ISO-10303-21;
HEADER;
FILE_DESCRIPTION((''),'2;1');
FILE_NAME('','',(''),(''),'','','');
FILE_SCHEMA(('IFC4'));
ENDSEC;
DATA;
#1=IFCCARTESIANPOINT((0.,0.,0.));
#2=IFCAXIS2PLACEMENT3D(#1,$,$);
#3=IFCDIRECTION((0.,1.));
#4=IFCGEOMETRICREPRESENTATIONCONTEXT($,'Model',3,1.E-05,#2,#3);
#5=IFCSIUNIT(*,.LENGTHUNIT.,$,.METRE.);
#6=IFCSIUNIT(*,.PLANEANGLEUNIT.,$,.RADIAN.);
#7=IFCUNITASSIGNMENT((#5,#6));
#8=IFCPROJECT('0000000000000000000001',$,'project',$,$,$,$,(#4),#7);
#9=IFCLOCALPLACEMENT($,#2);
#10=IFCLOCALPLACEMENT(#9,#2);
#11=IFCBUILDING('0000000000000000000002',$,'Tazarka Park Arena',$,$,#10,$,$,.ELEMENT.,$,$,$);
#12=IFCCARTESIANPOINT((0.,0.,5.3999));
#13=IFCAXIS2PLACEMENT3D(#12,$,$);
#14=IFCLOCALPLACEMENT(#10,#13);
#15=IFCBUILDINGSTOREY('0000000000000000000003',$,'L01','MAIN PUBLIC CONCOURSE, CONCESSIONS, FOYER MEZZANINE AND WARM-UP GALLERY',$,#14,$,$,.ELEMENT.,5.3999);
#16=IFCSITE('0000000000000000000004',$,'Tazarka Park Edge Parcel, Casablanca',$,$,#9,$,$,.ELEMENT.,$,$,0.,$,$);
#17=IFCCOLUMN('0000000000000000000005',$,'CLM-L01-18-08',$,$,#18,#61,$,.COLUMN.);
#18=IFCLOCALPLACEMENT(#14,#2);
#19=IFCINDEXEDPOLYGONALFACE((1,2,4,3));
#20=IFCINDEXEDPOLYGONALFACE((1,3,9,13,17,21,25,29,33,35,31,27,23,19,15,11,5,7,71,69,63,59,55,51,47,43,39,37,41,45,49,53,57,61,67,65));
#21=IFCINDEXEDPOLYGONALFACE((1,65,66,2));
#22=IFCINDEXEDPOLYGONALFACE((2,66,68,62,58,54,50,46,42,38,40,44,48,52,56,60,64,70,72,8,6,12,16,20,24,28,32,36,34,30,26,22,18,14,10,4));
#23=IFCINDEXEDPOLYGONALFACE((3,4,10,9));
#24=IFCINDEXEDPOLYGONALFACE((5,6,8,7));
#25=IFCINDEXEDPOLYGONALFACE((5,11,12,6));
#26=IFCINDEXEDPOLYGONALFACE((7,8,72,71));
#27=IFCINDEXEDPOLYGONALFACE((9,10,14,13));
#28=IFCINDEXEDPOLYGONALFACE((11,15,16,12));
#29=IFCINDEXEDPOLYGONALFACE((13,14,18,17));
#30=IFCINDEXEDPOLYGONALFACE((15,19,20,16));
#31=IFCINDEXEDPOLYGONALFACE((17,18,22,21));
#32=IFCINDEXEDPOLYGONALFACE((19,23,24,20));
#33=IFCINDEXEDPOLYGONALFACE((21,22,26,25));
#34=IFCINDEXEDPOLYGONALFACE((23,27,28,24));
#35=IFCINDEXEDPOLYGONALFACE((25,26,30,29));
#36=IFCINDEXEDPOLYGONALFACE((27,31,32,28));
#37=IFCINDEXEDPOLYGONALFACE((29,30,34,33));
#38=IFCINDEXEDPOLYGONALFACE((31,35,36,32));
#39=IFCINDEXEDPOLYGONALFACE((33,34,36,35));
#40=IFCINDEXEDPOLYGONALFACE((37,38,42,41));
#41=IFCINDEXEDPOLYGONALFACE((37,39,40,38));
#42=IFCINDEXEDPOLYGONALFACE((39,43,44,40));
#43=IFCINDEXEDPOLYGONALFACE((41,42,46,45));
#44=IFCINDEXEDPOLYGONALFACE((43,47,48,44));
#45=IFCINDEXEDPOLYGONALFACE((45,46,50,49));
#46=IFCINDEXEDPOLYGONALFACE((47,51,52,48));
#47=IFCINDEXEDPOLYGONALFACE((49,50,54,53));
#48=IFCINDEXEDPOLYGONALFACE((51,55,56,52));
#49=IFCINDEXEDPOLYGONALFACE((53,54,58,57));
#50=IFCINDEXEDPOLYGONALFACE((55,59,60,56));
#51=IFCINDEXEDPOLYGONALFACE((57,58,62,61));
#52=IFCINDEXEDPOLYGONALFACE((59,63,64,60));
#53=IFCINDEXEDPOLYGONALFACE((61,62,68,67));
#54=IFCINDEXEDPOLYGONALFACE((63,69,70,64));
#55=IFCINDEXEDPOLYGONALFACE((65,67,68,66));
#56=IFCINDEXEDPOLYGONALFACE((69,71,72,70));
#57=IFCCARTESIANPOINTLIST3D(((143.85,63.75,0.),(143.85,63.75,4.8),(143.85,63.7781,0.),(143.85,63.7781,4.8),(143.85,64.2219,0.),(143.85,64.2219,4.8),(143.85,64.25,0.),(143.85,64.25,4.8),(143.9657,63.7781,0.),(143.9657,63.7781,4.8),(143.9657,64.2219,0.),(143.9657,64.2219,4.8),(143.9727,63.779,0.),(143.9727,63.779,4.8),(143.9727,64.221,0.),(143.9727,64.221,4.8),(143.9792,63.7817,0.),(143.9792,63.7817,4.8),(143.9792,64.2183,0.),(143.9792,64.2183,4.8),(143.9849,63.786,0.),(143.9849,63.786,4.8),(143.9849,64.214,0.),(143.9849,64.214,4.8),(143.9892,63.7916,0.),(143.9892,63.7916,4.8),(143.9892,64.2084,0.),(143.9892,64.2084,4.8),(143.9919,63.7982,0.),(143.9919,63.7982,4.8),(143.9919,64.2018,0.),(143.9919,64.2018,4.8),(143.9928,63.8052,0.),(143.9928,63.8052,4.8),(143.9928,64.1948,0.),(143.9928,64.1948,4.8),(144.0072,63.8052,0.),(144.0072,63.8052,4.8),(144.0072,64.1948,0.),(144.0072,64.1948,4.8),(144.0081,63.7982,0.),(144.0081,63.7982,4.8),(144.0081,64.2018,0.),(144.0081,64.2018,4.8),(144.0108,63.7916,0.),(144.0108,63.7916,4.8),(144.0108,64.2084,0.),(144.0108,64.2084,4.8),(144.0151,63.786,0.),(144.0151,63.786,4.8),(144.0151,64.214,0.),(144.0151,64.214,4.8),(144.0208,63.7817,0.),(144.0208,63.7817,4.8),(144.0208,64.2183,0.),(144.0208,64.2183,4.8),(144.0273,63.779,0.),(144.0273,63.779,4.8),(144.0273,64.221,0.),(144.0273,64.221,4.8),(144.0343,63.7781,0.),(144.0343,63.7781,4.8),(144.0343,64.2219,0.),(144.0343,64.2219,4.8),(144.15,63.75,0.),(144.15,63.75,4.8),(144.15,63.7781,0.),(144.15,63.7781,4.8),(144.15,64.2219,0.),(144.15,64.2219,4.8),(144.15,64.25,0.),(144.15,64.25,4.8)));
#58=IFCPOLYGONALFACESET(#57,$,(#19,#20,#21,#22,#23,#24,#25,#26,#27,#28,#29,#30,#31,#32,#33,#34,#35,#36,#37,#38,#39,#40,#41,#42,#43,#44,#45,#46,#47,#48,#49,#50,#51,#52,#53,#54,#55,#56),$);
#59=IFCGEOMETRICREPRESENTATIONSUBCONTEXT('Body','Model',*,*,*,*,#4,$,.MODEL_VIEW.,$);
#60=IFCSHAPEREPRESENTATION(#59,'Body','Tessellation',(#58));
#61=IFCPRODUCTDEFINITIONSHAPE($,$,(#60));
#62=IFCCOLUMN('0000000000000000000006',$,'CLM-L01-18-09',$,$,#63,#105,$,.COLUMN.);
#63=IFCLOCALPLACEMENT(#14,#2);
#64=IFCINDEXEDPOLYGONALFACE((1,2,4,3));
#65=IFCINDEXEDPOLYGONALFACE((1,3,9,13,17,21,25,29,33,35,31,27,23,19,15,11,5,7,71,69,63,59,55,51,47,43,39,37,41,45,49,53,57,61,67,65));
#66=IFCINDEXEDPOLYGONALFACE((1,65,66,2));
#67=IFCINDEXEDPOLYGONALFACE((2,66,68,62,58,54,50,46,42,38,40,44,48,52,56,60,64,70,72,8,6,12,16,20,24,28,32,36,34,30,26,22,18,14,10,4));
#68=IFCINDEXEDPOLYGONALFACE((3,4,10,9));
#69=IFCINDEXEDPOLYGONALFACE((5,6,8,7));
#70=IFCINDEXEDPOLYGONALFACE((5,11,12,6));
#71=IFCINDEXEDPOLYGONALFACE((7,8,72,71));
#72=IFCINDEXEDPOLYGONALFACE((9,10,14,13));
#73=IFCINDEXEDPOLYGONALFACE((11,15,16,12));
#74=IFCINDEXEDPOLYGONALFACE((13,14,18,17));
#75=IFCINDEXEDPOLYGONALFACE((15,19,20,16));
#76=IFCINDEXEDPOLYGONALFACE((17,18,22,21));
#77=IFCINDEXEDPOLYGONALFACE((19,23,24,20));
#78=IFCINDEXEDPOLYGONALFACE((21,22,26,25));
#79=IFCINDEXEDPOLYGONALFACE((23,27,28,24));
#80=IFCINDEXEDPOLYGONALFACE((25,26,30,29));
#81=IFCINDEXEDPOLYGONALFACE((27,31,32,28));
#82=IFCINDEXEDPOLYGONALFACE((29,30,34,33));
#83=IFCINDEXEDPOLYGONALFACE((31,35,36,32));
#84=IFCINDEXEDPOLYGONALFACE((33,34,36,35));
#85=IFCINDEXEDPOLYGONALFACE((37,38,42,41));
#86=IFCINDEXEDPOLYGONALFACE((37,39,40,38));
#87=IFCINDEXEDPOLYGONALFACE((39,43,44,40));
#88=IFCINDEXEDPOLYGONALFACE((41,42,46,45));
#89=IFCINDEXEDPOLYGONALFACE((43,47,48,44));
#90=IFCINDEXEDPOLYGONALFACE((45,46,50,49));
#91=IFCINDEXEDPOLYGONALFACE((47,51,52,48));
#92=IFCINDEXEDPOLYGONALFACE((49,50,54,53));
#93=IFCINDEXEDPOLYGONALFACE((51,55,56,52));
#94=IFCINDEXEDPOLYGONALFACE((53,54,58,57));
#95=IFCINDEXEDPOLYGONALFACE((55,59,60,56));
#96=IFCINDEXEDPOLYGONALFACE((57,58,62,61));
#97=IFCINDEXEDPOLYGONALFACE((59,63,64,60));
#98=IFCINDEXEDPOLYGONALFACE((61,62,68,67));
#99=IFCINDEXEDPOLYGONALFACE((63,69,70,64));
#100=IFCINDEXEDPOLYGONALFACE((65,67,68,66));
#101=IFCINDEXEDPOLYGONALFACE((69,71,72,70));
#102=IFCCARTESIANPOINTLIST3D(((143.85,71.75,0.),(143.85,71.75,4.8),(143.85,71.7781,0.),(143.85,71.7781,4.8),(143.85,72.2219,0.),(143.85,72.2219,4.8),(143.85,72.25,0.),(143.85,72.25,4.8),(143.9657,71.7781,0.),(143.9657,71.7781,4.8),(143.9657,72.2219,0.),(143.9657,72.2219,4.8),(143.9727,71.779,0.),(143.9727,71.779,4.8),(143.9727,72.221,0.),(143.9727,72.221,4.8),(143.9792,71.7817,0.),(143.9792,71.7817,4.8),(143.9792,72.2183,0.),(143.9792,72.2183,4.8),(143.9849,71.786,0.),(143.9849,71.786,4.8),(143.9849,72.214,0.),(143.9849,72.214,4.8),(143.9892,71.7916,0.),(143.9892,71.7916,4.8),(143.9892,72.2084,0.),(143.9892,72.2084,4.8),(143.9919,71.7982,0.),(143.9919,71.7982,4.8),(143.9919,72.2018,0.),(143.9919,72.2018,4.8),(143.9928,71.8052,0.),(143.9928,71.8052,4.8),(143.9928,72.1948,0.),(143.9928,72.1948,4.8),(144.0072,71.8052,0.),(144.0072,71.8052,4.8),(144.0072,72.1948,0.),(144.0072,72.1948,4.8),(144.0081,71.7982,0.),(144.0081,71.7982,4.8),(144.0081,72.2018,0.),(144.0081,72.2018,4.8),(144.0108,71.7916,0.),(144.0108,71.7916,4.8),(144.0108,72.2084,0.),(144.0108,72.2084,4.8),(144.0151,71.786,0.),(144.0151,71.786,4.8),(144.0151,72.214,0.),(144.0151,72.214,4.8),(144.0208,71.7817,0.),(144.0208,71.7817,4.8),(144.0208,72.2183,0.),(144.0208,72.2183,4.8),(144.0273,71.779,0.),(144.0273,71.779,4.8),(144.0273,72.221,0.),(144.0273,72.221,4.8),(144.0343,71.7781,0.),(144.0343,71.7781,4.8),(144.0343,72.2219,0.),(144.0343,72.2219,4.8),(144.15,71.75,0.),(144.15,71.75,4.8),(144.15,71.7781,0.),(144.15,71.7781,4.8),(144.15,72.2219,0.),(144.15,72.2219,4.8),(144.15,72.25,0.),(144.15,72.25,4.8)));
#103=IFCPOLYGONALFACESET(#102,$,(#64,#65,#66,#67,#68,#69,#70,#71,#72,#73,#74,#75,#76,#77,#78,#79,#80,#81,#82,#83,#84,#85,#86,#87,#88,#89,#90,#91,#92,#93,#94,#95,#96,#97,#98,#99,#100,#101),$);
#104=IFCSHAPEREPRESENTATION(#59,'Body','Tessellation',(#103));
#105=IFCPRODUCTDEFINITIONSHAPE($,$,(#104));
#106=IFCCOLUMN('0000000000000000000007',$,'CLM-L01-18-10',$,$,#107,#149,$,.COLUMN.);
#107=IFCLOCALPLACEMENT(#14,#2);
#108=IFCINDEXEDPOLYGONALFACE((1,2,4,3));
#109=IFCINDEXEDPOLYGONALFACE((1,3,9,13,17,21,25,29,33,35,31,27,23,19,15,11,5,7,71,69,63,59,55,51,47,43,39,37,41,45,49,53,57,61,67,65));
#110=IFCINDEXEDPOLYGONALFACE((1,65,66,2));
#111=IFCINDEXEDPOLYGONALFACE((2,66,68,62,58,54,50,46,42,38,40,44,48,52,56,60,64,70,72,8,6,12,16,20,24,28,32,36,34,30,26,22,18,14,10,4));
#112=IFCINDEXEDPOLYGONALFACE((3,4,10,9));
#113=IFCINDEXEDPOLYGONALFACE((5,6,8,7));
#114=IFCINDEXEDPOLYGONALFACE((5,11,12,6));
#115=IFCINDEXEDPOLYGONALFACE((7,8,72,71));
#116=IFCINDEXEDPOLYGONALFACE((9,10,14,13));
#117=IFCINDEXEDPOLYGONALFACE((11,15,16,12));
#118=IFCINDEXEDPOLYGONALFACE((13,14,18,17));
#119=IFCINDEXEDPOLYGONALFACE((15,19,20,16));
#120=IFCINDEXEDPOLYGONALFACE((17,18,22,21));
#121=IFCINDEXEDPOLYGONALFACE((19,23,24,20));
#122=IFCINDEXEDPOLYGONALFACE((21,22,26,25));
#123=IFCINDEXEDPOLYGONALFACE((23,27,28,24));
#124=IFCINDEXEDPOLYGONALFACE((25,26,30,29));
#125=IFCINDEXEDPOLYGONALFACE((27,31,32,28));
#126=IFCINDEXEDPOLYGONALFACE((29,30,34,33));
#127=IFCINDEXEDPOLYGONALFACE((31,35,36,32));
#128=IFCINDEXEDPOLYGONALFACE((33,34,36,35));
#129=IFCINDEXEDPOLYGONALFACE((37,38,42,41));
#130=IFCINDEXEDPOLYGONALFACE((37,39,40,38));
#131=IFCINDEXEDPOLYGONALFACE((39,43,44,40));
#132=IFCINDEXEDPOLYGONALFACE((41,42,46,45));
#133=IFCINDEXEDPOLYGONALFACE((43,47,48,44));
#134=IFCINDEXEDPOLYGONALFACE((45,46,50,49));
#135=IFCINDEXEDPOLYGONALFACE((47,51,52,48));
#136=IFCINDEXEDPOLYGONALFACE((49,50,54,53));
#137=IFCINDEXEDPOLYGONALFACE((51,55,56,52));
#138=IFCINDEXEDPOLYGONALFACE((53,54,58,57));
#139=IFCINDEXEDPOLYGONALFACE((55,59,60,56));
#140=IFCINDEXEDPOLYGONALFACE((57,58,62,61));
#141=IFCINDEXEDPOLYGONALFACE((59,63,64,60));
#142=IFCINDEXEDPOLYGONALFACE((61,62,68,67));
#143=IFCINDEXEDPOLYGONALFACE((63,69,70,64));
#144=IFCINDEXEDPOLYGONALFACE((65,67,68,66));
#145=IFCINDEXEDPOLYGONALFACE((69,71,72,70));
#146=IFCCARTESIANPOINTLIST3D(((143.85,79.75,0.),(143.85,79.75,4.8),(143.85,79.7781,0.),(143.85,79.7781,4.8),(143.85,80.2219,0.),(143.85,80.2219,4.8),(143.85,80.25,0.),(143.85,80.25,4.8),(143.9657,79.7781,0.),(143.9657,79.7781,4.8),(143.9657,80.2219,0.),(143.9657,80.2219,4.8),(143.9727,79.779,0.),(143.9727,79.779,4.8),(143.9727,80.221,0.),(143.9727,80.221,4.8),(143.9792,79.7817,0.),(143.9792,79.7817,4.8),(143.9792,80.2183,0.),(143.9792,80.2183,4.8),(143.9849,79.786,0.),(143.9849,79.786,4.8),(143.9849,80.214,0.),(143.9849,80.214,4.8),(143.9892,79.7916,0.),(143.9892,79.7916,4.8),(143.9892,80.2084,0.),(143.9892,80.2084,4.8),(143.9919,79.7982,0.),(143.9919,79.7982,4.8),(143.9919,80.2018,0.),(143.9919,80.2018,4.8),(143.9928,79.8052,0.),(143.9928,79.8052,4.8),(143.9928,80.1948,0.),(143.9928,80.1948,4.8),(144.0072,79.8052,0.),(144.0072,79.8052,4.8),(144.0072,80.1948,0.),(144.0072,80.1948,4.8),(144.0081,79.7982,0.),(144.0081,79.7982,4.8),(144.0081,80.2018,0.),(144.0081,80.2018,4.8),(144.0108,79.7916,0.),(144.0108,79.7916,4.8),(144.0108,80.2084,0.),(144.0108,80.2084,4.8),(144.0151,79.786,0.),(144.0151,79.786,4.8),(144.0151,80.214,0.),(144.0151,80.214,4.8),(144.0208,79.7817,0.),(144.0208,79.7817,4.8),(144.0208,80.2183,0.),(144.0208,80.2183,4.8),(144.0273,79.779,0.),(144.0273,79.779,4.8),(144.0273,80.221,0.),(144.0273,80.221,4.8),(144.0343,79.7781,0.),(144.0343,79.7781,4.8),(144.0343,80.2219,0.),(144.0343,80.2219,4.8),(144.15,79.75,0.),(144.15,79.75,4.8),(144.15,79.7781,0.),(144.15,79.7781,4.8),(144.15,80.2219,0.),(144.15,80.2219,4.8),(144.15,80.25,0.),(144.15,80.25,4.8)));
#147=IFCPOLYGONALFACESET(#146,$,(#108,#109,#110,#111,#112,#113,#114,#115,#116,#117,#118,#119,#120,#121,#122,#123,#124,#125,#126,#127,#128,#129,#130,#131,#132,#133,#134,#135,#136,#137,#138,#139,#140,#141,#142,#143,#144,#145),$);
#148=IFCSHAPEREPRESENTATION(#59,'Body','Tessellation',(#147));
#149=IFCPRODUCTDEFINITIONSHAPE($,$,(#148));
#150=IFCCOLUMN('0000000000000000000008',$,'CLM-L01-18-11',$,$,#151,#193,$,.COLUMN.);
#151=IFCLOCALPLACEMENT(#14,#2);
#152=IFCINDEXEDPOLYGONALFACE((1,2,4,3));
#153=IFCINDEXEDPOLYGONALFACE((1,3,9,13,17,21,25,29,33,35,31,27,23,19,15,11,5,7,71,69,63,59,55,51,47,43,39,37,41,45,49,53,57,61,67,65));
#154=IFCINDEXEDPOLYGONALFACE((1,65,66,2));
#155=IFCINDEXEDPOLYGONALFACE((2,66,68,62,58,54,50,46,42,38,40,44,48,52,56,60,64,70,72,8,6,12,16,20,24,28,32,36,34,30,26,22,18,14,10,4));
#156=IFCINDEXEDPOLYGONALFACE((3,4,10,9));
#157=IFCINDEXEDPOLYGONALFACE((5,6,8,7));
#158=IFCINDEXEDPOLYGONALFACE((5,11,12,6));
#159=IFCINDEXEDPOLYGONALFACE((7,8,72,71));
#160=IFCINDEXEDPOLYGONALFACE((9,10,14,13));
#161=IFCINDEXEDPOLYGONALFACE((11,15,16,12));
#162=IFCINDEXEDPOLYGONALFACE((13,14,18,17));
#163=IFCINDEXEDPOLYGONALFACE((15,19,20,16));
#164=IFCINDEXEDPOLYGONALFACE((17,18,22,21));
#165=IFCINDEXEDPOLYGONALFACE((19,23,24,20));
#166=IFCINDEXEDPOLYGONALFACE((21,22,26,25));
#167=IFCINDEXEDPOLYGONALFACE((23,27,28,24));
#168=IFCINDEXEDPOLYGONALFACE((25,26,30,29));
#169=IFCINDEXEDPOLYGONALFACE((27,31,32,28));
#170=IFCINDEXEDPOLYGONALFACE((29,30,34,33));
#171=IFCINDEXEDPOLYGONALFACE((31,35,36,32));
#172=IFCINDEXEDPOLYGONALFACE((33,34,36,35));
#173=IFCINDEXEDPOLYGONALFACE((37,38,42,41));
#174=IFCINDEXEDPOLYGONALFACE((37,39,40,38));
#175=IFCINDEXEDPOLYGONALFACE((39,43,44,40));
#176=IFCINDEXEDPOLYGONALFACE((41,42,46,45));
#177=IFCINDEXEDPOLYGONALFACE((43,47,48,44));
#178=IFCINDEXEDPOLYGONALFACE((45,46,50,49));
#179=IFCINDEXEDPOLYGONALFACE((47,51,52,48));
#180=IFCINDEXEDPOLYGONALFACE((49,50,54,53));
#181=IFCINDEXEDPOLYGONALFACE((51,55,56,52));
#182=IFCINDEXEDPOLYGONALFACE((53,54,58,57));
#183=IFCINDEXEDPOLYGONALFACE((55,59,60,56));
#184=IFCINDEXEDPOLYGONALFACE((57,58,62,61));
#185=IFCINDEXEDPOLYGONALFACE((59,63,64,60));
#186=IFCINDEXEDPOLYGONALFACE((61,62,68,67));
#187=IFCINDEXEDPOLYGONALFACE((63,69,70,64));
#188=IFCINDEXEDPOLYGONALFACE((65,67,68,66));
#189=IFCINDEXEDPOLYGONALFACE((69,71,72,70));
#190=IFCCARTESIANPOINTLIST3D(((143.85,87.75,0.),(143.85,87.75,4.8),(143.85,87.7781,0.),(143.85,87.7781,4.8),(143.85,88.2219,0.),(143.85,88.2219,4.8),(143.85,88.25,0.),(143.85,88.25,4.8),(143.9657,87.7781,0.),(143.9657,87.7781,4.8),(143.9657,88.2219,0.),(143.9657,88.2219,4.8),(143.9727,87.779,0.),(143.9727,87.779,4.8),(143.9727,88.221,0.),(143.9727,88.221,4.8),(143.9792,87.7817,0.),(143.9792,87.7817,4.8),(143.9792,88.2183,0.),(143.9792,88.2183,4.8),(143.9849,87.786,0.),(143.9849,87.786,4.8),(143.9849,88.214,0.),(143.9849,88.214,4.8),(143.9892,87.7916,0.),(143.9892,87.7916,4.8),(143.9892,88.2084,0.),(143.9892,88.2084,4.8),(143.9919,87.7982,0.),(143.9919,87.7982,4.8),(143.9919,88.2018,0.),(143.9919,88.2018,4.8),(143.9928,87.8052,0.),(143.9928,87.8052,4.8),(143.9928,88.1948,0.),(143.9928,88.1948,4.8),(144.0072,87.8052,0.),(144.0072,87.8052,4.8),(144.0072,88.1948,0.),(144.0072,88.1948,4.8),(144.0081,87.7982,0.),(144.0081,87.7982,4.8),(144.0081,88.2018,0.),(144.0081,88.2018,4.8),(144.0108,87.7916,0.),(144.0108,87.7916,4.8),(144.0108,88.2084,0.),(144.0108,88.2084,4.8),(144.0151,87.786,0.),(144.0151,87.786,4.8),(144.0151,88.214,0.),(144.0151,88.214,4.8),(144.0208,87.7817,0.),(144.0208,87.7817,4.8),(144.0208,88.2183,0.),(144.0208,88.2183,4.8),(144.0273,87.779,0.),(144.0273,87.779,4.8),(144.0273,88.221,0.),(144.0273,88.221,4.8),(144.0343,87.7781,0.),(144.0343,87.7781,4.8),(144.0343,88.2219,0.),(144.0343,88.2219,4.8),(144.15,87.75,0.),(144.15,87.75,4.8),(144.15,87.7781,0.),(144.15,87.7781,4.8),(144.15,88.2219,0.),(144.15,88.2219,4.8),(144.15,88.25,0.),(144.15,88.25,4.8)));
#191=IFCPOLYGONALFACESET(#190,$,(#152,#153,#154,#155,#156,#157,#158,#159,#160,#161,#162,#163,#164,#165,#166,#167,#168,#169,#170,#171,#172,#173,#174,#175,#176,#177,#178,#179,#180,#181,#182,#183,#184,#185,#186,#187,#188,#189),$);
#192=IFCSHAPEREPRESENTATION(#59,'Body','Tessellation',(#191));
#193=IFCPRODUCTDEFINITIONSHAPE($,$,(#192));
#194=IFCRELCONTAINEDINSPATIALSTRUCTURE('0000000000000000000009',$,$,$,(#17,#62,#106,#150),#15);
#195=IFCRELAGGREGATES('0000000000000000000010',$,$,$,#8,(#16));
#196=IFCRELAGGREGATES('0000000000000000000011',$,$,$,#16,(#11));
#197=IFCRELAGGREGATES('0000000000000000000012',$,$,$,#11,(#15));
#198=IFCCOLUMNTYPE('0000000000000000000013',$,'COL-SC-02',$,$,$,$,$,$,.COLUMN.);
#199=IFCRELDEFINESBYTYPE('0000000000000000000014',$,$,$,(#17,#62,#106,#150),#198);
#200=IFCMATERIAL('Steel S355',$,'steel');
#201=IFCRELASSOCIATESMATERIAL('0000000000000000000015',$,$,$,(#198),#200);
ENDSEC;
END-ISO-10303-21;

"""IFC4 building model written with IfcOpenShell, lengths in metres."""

from ifc_helpers import new_model, si_unit, direction, frame, origin, origin_2d, place, context, subcontext, project, spatial, i_section, extrude, material, material_profile, profile_set, type_object, element, save


model = new_model("IFC4")

# Units and contexts
model_context = context("Model", 3, precision=1e-05, world=origin(), true_north=direction((0.0, 1.0)))
body_context = subcontext(model_context, "Body", "Model", "MODEL_VIEW")
ifc_project = project(units=[si_unit("LENGTHUNIT", "METRE"), si_unit("PLANEANGLEUNIT", "RADIAN")], contexts=[model_context])

# Site, building, storey
site_placement = place(None, origin())
site = spatial("IfcSite", under=ifc_project, at=site_placement, Name="Tazarka Park Edge Parcel, Casablanca", CompositionType="ELEMENT", RefElevation=0.0)
building_placement = place(site_placement, origin())
building = spatial("IfcBuilding", under=site, at=building_placement, Name="Tazarka Park Arena", CompositionType="ELEMENT")
storey_placement = place(building_placement, frame((0.0, 0.0, 5.3999)))
storey = spatial("IfcBuildingStorey", under=building, at=storey_placement, Name="L01", Description="MAIN PUBLIC CONCOURSE, CONCESSIONS, FOYER MEZZANINE AND WARM-UP GALLERY", CompositionType="ELEMENT", Elevation=5.3999)

# Columns
ifc_material_1 = material(Name="Steel S355", Category="steel")
ifc_material_profile_1 = material_profile(ifc_material_1, i_section(OverallWidth=0.3, OverallDepth=0.5, WebThickness=0.0144, FlangeThickness=0.0281, FilletRadius=0.0271, at=origin_2d()), Name="Steel S355")
ifc_profile_set_1 = profile_set([ifc_material_profile_1], Name="Steel S355")
column_type = type_object("IfcColumnType", Name="COL-SC-02", PredefinedType="COLUMN", material=ifc_profile_set_1)
for number, where, z_axis, x_axis, name in (
    (1, (144.0, 64.0, 0.0), (0.0, 0.0, 1.0), (1.0, 0.0, 0.0), "CLM-L01-18-08"),
    (2, (144.0, 72.0, 0.0), (0.0, 0.0, 1.0), (1.0, 0.0, 0.0), "CLM-L01-18-09"),
    (3, (144.0, 80.0, 0.0), (0.0, 0.0, 1.0), (1.0, 0.0, 0.0), "CLM-L01-18-10"),
    (4, (144.0, 88.0, 0.0), (0.0, 0.0, 1.0), (1.0, 0.0, 0.0), "CLM-L01-18-11"),
):
    element("IfcColumn", number, at=place(storey_placement, frame(where, z_axis=z_axis, x_axis=x_axis)), inside=storey, type_object=column_type, Name=name, PredefinedType="COLUMN", context=body_context, shape_type="SweptSolid", body=[
        extrude(i_section(OverallWidth=0.3, OverallDepth=0.5, WebThickness=0.0144, FlangeThickness=0.0281, FilletRadius=0.0271, at=origin_2d()), origin(), (0.0, 0.0, 1.0), 4.8),
    ])

save(model, "model.ifc")
